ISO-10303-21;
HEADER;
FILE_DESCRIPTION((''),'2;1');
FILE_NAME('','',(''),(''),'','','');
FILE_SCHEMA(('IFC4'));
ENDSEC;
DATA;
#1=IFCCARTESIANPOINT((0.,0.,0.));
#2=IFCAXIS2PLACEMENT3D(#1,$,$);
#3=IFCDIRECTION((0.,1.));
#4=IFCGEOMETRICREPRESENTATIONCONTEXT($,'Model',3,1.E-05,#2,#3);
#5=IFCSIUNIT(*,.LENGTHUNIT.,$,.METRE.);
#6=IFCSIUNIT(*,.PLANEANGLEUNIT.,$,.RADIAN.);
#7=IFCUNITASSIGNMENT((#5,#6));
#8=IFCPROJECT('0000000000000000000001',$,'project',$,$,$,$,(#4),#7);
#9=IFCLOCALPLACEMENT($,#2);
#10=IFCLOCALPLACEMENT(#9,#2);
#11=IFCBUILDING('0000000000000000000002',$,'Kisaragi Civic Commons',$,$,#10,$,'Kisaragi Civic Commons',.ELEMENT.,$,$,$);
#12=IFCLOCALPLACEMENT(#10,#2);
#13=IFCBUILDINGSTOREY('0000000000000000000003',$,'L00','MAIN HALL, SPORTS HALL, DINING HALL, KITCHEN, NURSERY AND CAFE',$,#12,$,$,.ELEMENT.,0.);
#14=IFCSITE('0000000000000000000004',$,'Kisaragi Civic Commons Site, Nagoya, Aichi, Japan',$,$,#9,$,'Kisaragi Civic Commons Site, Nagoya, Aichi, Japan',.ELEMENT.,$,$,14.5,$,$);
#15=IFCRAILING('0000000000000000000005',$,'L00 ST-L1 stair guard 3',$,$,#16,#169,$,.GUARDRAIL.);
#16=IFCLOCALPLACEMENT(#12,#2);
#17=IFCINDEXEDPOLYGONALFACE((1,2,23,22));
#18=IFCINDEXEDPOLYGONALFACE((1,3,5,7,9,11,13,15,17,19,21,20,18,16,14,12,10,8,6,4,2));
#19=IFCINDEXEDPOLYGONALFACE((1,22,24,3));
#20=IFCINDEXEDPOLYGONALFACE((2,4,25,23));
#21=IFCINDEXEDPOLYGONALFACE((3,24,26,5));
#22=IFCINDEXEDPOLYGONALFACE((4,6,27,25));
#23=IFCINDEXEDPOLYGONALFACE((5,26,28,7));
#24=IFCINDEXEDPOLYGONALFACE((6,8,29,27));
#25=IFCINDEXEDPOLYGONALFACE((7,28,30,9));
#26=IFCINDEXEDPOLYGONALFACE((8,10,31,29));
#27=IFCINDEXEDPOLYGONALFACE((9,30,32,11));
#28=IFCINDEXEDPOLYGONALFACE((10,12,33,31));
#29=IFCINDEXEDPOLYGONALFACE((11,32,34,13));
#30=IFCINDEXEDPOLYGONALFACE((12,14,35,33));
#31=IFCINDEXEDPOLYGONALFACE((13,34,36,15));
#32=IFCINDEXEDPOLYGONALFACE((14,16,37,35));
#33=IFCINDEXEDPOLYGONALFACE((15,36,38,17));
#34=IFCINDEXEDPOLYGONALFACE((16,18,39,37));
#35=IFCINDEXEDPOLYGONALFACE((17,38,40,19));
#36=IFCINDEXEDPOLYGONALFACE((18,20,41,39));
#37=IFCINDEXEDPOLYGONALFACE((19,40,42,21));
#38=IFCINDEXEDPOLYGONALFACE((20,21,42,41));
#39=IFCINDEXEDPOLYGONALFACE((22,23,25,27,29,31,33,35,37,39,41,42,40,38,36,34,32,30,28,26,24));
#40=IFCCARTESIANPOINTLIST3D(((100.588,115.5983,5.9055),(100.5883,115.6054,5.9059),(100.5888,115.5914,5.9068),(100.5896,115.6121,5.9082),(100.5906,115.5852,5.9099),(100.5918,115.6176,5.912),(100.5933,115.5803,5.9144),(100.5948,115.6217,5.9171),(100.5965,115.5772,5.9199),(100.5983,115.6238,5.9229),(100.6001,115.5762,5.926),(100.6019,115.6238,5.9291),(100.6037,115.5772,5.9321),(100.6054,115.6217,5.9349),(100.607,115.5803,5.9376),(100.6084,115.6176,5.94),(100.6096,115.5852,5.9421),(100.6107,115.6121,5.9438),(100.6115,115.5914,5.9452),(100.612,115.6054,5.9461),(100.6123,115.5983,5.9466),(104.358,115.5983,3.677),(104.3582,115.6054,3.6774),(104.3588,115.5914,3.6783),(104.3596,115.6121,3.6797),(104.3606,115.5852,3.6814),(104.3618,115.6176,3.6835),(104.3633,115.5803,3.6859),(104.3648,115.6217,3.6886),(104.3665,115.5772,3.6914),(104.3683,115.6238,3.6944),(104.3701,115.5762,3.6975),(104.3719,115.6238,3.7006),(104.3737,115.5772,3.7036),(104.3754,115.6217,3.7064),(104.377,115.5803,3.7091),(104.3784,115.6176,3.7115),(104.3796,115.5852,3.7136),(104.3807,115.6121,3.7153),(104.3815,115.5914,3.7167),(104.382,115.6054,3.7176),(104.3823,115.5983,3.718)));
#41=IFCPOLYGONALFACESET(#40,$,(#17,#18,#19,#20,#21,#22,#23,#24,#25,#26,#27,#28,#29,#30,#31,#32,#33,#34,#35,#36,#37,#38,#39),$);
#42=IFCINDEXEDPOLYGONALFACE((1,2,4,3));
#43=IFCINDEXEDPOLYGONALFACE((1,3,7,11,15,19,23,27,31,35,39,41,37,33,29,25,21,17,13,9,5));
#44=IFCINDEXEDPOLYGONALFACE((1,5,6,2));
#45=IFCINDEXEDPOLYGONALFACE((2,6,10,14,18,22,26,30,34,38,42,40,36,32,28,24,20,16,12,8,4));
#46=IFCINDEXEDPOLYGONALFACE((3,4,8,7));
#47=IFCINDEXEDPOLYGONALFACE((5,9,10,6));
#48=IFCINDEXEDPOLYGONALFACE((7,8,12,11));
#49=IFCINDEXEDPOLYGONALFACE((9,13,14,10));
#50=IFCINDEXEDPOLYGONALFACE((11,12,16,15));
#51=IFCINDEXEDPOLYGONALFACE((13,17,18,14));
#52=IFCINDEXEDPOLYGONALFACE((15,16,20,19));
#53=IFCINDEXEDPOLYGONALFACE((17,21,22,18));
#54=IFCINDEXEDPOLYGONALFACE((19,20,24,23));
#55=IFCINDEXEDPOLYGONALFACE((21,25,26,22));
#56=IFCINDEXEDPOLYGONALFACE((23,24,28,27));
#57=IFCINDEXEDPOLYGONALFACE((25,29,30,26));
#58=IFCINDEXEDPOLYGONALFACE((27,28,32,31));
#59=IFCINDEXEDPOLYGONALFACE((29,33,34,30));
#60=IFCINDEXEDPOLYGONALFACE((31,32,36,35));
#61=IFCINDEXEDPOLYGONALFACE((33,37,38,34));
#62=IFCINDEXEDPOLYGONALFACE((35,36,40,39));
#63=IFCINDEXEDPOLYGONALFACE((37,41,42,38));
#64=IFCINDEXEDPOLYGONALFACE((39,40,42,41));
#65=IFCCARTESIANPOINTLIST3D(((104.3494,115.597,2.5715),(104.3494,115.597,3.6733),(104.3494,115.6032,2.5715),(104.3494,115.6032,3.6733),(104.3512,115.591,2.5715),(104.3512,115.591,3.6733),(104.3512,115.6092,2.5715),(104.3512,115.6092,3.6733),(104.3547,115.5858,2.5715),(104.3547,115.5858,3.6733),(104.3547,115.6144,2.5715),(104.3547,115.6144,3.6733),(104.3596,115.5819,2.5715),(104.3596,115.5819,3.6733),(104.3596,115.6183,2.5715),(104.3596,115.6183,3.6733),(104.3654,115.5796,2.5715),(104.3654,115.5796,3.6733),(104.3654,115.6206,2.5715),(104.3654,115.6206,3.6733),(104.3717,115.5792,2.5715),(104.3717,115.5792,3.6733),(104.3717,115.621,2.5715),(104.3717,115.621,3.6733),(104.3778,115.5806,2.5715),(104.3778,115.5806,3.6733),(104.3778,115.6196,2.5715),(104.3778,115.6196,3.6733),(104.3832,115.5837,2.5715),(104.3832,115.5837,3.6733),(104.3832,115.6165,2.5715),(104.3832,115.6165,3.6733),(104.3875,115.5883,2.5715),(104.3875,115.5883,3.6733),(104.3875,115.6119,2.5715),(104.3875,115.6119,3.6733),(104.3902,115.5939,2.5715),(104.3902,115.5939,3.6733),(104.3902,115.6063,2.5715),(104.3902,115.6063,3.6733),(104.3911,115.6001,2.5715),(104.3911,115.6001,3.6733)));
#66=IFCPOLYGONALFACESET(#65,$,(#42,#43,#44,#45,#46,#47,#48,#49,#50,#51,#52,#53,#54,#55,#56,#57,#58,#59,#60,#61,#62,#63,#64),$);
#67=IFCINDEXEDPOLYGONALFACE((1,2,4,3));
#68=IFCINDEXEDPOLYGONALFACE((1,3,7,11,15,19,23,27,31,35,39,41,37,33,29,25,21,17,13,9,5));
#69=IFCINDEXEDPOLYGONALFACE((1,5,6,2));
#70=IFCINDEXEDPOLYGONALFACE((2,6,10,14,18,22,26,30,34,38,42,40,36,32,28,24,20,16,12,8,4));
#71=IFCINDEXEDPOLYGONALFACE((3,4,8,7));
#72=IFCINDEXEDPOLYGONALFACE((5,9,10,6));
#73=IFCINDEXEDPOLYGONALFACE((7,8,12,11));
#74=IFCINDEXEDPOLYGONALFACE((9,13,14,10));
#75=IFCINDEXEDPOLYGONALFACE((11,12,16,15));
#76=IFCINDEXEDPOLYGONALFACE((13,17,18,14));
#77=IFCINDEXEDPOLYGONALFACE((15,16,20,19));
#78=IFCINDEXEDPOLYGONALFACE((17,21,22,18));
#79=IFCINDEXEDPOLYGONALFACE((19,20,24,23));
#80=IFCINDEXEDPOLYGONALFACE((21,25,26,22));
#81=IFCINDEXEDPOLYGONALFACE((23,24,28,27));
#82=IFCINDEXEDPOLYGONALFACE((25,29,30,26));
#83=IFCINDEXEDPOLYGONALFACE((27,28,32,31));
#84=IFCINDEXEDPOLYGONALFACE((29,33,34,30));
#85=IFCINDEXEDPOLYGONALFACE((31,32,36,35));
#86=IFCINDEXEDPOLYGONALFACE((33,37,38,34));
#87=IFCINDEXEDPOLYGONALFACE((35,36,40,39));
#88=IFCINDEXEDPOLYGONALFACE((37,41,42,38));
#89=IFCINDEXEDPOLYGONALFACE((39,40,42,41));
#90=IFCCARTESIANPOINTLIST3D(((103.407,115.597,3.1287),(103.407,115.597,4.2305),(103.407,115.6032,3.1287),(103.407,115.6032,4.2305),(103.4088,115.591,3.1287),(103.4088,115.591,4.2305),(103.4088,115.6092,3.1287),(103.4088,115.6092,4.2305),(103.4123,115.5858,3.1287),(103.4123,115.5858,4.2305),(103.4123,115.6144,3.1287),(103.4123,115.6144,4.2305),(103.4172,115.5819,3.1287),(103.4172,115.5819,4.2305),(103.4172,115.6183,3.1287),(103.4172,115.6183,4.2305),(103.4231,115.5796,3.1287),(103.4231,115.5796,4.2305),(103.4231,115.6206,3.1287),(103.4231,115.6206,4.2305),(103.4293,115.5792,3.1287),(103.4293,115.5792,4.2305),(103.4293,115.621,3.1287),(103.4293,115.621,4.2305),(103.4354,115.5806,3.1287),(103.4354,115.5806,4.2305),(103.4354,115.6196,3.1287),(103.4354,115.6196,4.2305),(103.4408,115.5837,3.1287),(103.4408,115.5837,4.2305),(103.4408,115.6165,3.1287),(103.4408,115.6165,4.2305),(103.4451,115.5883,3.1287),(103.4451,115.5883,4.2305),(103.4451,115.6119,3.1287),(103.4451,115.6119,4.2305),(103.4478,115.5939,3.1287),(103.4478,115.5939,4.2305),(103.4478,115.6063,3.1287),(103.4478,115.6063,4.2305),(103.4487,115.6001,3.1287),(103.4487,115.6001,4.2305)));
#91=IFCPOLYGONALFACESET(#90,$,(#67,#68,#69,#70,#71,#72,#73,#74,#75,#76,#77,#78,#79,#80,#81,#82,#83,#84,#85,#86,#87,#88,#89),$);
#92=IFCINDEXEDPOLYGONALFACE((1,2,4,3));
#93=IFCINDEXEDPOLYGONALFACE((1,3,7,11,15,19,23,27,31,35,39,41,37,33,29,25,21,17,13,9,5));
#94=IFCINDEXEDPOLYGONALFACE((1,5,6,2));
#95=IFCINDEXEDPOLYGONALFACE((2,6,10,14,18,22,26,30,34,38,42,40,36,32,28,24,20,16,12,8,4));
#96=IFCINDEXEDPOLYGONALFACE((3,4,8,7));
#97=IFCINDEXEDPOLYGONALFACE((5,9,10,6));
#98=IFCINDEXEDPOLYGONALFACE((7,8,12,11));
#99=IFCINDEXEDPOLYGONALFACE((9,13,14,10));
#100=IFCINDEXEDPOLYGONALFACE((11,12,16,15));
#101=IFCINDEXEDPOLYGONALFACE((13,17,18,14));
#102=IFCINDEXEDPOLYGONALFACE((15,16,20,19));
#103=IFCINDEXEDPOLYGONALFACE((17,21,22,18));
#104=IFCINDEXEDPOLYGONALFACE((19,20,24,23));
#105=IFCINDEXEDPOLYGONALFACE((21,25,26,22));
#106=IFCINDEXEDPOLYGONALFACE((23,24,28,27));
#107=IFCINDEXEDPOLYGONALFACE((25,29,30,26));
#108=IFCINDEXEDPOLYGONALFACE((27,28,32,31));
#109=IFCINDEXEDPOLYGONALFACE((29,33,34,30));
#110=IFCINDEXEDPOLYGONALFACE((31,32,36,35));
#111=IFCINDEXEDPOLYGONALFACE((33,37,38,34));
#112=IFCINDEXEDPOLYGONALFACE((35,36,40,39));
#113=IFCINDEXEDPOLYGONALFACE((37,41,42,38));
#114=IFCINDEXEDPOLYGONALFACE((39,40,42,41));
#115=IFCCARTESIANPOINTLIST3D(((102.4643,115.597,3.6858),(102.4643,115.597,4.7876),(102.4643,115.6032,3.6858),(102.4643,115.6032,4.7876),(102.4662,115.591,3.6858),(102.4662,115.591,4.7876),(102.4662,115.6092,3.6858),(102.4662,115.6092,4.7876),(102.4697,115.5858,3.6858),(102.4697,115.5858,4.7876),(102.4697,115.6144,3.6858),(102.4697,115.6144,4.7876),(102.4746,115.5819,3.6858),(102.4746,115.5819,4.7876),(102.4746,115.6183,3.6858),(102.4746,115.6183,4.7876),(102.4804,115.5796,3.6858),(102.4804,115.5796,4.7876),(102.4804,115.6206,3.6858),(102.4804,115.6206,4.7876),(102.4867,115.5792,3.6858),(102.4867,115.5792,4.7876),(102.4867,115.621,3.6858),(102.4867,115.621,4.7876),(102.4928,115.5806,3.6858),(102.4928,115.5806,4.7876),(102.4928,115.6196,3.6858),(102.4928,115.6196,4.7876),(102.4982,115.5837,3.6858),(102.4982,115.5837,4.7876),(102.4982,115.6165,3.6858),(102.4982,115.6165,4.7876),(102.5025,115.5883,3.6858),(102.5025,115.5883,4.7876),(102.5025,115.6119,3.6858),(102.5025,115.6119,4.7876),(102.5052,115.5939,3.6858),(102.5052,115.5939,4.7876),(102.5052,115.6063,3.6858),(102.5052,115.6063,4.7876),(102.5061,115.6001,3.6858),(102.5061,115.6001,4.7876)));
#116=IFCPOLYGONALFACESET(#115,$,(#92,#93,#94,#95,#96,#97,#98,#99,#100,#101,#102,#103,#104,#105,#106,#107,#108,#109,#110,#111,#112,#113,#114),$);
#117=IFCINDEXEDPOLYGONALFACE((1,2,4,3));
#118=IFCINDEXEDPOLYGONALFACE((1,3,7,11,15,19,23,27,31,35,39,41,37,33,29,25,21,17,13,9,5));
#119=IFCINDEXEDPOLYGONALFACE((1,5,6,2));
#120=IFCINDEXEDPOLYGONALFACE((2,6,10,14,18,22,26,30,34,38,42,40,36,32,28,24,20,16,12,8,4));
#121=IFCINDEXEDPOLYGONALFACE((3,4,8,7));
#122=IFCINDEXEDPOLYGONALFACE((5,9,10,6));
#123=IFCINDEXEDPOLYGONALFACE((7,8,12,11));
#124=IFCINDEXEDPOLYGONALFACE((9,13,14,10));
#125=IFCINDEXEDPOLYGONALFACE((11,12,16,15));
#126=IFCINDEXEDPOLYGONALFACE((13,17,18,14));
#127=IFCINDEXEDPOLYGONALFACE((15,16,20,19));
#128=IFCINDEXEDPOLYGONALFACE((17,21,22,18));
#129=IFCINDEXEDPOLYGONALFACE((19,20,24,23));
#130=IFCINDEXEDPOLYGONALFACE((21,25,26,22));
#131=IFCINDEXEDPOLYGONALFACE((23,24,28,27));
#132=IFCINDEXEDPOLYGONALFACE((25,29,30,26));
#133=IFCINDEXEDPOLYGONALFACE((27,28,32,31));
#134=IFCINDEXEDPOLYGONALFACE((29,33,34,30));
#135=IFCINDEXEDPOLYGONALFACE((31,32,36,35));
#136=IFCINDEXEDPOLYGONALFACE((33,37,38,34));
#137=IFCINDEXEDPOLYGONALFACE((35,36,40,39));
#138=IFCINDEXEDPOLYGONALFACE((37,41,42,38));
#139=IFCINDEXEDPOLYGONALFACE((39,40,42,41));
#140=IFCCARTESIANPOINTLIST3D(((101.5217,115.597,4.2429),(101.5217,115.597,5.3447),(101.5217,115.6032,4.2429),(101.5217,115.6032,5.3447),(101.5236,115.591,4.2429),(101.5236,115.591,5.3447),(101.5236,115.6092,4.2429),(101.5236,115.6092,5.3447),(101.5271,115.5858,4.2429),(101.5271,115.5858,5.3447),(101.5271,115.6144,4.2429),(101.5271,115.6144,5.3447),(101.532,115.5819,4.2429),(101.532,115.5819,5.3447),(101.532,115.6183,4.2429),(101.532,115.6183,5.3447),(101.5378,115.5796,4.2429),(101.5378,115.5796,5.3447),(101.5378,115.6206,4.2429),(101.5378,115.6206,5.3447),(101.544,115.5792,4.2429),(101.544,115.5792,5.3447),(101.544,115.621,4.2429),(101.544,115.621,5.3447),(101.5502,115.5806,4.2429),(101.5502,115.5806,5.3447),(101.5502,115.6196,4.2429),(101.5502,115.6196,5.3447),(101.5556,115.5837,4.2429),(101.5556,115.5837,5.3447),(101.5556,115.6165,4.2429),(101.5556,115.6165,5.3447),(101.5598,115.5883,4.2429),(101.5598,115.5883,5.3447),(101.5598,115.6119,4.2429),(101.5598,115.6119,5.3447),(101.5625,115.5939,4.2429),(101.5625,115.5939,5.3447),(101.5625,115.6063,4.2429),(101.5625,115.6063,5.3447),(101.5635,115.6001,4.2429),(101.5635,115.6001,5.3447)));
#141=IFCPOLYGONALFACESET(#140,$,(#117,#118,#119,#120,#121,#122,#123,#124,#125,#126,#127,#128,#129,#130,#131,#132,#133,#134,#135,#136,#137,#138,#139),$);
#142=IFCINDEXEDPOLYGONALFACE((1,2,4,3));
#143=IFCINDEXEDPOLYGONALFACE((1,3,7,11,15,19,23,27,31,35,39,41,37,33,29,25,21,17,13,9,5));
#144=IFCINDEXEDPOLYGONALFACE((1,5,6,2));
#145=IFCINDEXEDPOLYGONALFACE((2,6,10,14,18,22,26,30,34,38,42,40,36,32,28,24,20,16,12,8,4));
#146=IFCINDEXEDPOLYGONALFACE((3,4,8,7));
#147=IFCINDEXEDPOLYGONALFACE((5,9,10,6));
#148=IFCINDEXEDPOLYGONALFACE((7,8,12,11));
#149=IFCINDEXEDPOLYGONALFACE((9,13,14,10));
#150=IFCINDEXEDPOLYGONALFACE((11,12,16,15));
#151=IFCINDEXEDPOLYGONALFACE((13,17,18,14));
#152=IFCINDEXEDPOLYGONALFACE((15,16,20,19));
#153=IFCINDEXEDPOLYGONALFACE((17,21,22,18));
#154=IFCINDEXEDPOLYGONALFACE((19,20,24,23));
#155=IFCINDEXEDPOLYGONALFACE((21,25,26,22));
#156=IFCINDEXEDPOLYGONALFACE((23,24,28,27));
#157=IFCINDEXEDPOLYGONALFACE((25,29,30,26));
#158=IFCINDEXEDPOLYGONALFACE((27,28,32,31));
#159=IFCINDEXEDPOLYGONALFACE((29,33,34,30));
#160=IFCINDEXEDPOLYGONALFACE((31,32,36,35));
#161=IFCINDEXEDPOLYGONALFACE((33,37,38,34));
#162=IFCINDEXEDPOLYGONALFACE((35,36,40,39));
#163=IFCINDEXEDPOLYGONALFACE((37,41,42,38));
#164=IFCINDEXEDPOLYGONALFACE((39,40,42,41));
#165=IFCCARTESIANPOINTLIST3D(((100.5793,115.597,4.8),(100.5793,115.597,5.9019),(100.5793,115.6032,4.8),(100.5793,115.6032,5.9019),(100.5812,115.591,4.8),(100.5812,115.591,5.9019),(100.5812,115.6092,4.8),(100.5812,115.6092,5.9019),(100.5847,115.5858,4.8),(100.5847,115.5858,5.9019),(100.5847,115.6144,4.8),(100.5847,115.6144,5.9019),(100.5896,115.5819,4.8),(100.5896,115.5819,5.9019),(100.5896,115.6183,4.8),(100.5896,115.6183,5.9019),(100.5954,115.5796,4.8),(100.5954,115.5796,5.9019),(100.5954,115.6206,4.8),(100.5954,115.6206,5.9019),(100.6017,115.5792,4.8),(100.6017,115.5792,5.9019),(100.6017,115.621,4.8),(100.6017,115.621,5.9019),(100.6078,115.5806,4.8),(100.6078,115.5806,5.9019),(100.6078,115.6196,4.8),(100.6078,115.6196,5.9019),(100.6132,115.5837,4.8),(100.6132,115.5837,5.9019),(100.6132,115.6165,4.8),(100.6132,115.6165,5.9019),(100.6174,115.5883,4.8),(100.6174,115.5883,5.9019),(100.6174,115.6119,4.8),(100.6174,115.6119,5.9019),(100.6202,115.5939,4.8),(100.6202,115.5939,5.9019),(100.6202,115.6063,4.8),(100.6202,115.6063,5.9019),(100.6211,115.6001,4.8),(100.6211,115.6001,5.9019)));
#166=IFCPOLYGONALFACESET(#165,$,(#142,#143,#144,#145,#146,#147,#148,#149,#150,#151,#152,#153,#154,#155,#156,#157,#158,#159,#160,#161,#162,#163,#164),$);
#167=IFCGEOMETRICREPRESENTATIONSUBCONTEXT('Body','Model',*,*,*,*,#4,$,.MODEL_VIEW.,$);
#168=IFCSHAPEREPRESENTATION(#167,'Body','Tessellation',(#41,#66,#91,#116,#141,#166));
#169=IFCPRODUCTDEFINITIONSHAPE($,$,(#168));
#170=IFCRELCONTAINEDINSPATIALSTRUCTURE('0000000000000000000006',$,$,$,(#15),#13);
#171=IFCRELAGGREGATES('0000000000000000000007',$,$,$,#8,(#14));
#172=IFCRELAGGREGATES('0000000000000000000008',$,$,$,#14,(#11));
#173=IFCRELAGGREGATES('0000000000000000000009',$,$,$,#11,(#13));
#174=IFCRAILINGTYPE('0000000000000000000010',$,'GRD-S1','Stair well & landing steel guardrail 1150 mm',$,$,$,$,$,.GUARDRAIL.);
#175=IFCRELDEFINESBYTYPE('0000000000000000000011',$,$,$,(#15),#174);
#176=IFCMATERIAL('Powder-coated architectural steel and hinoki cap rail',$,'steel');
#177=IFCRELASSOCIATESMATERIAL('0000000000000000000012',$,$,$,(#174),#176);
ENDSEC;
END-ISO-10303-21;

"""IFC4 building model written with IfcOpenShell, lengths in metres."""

from ifc_helpers import new_model, si_unit, direction, frame, origin, origin_2d, place, context, subcontext, project, spatial, circle, extrude, material, type_object, element, save


model = new_model("IFC4")

# Units and contexts
model_context = context("Model", 3, precision=1e-05, world=origin(), true_north=direction((0.0, 1.0)))
body_context = subcontext(model_context, "Body", "Model", "MODEL_VIEW")
ifc_project = project(units=[si_unit("LENGTHUNIT", "METRE"), si_unit("PLANEANGLEUNIT", "RADIAN")], contexts=[model_context])

# Site, building, storey
site_placement = place(None, origin())
site = spatial("IfcSite", under=ifc_project, at=site_placement, Name="Kisaragi Civic Commons Site, Nagoya, Aichi, Japan", LongName="Kisaragi Civic Commons Site, Nagoya, Aichi, Japan", CompositionType="ELEMENT", RefElevation=14.5)
building_placement = place(site_placement, origin())
building = spatial("IfcBuilding", under=site, at=building_placement, Name="Kisaragi Civic Commons", LongName="Kisaragi Civic Commons", CompositionType="ELEMENT")
storey_placement = place(building_placement, origin())
storey = spatial("IfcBuildingStorey", under=building, at=storey_placement, Name="L00", Description="MAIN HALL, SPORTS HALL, DINING HALL, KITCHEN, NURSERY AND CAFE", CompositionType="ELEMENT", Elevation=0.0)

# Railing
ifc_material_1 = material(Name="Powder-coated architectural steel and hinoki cap rail", Category="steel")
railing_type_1 = type_object("IfcRailingType", Name="GRD-S1", Description="Stair well & landing steel guardrail 1150 mm", PredefinedType="GUARDRAIL", material=ifc_material_1)
railing_1_placement = place(storey_placement, frame((104.3701, 115.6001, 2.5715)))
element("IfcRailing", 1, at=railing_1_placement, inside=storey, type_object=railing_type_1, Name="L00 ST-L1 stair guard 3", PredefinedType="GUARDRAIL", context=body_context, shape_type="SweptSolid", body=[
    extrude(circle(Radius=0.0239, at=origin_2d()), frame((0.0, 0.0, 1.126), z_axis=(-0.860849, 0.0, 0.508861), x_axis=(0.0, -1.0, 0.0)), (0.0, 0.0, 1.0), 4.3794),
    extrude(circle(Radius=0.021, at=origin_2d()), origin(), (0.0, 0.0, 1.0), 1.1018),
    extrude(circle(Radius=0.021, at=origin_2d()), frame((-0.9424, 0.0, 0.5571)), (0.0, 0.0, 1.0), 1.1018),
    extrude(circle(Radius=0.021, at=origin_2d()), frame((-1.885, 0.0, 1.1143)), (0.0, 0.0, 1.0), 1.1018),
    extrude(circle(Radius=0.021, at=origin_2d()), frame((-2.8276, 0.0, 1.6714)), (0.0, 0.0, 1.0), 1.1018),
    extrude(circle(Radius=0.021, at=origin_2d()), frame((-3.77, 0.0, 2.2285)), (0.0, 0.0, 1.0), 1.1018),
])

save(model, "model.ifc")
